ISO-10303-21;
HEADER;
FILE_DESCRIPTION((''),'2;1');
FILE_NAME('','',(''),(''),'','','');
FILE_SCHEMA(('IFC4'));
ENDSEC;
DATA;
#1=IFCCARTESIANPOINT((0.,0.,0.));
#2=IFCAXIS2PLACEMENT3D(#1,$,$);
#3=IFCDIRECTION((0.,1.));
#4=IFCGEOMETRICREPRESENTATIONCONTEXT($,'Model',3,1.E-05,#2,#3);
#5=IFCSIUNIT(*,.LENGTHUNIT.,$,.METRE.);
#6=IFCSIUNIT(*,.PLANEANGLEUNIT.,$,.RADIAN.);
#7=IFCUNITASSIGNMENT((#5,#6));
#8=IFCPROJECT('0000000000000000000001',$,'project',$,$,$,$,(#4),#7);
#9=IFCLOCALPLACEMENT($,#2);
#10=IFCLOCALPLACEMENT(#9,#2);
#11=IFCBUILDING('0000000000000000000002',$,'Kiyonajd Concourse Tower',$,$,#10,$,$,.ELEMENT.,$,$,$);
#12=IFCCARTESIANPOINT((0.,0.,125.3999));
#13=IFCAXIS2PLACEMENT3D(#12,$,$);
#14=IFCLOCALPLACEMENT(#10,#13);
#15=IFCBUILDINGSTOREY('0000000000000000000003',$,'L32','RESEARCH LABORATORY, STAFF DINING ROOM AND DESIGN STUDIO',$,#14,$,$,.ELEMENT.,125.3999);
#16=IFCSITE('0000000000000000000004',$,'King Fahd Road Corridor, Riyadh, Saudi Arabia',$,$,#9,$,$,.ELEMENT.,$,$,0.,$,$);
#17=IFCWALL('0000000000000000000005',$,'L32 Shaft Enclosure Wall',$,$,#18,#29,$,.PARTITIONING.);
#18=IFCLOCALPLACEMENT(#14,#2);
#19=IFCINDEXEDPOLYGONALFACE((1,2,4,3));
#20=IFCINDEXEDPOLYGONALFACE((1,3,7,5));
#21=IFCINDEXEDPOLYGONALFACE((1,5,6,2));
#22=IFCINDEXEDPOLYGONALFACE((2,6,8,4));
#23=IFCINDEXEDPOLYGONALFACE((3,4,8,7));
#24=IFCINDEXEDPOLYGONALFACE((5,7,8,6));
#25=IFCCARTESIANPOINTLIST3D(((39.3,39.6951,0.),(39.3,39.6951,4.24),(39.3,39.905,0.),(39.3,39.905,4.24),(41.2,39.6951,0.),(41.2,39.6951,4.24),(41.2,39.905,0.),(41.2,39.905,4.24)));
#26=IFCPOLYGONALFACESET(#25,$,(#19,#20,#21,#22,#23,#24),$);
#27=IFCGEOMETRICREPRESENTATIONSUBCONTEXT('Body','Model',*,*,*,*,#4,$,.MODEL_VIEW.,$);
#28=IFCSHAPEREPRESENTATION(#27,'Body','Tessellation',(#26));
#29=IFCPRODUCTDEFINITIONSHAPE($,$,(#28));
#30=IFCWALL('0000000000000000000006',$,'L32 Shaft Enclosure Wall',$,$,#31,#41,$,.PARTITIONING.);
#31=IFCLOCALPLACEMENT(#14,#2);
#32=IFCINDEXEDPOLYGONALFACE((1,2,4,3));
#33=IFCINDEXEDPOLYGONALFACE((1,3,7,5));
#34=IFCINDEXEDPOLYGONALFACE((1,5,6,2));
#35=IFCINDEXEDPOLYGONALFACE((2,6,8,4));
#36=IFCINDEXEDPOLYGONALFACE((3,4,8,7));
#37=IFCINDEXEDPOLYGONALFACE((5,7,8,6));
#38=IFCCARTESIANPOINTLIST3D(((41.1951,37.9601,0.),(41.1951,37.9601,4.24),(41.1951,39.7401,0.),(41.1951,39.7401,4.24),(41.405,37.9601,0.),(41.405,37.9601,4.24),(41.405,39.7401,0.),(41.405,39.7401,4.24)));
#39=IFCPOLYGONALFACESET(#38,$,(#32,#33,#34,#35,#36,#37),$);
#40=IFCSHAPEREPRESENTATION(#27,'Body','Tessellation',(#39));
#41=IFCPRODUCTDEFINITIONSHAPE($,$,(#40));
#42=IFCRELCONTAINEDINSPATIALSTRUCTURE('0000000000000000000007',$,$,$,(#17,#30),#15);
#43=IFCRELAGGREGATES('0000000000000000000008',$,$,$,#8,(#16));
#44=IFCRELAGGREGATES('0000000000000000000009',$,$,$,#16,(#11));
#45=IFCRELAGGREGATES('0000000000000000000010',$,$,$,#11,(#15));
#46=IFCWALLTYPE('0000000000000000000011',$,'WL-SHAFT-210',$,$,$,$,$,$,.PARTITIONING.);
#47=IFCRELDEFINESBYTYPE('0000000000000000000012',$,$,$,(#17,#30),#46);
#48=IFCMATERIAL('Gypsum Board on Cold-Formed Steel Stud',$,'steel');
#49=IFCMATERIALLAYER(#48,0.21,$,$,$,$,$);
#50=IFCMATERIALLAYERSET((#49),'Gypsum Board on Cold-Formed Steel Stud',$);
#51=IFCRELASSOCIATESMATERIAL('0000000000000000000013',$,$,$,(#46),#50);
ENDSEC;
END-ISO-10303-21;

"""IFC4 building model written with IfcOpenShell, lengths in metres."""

from ifc_helpers import new_model, si_unit, direction, frame, frame_2d, origin, place, context, subcontext, project, spatial, rectangle, extrude, material, layer, layer_set, type_object, element, save


model = new_model("IFC4")

# Units and contexts
model_context = context("Model", 3, precision=1e-05, world=origin(), true_north=direction((0.0, 1.0)))
body_context = subcontext(model_context, "Body", "Model", "MODEL_VIEW")
ifc_project = project(units=[si_unit("LENGTHUNIT", "METRE"), si_unit("PLANEANGLEUNIT", "RADIAN")], contexts=[model_context])

# Site, building, storey
site_placement = place(None, origin())
site = spatial("IfcSite", under=ifc_project, at=site_placement, Name="King Fahd Road Corridor, Riyadh, Saudi Arabia", CompositionType="ELEMENT", RefElevation=0.0)
building_placement = place(site_placement, origin())
building = spatial("IfcBuilding", under=site, at=building_placement, Name="Kiyonajd Concourse Tower", CompositionType="ELEMENT")
storey_placement = place(building_placement, frame((0.0, 0.0, 125.3999)))
storey = spatial("IfcBuildingStorey", under=building, at=storey_placement, Name="L32", Description="RESEARCH LABORATORY, STAFF DINING ROOM AND DESIGN STUDIO", CompositionType="ELEMENT", Elevation=125.3999)

# Shared definitions
ifc_material_1 = material(Name="Gypsum Board on Cold-Formed Steel Stud", Category="steel")

# Shared definitions
ifc_layer_1 = layer(ifc_material_1, 0.21)
ifc_layer_set_1 = layer_set([ifc_layer_1], Name="Gypsum Board on Cold-Formed Steel Stud")
wall_type_1 = type_object("IfcWallType", Name="WL-SHAFT-210", PredefinedType="PARTITIONING", material=ifc_layer_set_1)

# Walls
for number, where, z_axis, x_axis, name in (
    (1, (39.3, 39.8, 0.0), (0.0, 0.0, 1.0), (1.0, 0.0, 0.0), "L32 Shaft Enclosure Wall"),
):
    element("IfcWall", number, at=place(storey_placement, frame(where, z_axis=z_axis, x_axis=x_axis)), inside=storey, type_object=wall_type_1, Name=name, PredefinedType="PARTITIONING", context=body_context, shape_type="SweptSolid", body=[
        extrude(rectangle(XDim=1.8999, YDim=0.21, at=frame_2d((0.95, 0.0))), origin(), (0.0, 0.0, 1.0), 4.24),
    ])
wall_1_placement = place(storey_placement, frame((41.3, 37.96, 0.0), z_axis=(0.0, 0.0, 1.0), x_axis=(0.0, 1.0, 0.0)))
element("IfcWall", 2, at=wall_1_placement, inside=storey, type_object=wall_type_1, Name="L32 Shaft Enclosure Wall", PredefinedType="PARTITIONING", context=body_context, shape_type="SweptSolid", body=[
    extrude(rectangle(XDim=1.78, YDim=0.21, at=frame_2d((0.8901, 0.0))), origin(), (0.0, 0.0, 1.0), 4.24),
])

save(model, "model.ifc")
